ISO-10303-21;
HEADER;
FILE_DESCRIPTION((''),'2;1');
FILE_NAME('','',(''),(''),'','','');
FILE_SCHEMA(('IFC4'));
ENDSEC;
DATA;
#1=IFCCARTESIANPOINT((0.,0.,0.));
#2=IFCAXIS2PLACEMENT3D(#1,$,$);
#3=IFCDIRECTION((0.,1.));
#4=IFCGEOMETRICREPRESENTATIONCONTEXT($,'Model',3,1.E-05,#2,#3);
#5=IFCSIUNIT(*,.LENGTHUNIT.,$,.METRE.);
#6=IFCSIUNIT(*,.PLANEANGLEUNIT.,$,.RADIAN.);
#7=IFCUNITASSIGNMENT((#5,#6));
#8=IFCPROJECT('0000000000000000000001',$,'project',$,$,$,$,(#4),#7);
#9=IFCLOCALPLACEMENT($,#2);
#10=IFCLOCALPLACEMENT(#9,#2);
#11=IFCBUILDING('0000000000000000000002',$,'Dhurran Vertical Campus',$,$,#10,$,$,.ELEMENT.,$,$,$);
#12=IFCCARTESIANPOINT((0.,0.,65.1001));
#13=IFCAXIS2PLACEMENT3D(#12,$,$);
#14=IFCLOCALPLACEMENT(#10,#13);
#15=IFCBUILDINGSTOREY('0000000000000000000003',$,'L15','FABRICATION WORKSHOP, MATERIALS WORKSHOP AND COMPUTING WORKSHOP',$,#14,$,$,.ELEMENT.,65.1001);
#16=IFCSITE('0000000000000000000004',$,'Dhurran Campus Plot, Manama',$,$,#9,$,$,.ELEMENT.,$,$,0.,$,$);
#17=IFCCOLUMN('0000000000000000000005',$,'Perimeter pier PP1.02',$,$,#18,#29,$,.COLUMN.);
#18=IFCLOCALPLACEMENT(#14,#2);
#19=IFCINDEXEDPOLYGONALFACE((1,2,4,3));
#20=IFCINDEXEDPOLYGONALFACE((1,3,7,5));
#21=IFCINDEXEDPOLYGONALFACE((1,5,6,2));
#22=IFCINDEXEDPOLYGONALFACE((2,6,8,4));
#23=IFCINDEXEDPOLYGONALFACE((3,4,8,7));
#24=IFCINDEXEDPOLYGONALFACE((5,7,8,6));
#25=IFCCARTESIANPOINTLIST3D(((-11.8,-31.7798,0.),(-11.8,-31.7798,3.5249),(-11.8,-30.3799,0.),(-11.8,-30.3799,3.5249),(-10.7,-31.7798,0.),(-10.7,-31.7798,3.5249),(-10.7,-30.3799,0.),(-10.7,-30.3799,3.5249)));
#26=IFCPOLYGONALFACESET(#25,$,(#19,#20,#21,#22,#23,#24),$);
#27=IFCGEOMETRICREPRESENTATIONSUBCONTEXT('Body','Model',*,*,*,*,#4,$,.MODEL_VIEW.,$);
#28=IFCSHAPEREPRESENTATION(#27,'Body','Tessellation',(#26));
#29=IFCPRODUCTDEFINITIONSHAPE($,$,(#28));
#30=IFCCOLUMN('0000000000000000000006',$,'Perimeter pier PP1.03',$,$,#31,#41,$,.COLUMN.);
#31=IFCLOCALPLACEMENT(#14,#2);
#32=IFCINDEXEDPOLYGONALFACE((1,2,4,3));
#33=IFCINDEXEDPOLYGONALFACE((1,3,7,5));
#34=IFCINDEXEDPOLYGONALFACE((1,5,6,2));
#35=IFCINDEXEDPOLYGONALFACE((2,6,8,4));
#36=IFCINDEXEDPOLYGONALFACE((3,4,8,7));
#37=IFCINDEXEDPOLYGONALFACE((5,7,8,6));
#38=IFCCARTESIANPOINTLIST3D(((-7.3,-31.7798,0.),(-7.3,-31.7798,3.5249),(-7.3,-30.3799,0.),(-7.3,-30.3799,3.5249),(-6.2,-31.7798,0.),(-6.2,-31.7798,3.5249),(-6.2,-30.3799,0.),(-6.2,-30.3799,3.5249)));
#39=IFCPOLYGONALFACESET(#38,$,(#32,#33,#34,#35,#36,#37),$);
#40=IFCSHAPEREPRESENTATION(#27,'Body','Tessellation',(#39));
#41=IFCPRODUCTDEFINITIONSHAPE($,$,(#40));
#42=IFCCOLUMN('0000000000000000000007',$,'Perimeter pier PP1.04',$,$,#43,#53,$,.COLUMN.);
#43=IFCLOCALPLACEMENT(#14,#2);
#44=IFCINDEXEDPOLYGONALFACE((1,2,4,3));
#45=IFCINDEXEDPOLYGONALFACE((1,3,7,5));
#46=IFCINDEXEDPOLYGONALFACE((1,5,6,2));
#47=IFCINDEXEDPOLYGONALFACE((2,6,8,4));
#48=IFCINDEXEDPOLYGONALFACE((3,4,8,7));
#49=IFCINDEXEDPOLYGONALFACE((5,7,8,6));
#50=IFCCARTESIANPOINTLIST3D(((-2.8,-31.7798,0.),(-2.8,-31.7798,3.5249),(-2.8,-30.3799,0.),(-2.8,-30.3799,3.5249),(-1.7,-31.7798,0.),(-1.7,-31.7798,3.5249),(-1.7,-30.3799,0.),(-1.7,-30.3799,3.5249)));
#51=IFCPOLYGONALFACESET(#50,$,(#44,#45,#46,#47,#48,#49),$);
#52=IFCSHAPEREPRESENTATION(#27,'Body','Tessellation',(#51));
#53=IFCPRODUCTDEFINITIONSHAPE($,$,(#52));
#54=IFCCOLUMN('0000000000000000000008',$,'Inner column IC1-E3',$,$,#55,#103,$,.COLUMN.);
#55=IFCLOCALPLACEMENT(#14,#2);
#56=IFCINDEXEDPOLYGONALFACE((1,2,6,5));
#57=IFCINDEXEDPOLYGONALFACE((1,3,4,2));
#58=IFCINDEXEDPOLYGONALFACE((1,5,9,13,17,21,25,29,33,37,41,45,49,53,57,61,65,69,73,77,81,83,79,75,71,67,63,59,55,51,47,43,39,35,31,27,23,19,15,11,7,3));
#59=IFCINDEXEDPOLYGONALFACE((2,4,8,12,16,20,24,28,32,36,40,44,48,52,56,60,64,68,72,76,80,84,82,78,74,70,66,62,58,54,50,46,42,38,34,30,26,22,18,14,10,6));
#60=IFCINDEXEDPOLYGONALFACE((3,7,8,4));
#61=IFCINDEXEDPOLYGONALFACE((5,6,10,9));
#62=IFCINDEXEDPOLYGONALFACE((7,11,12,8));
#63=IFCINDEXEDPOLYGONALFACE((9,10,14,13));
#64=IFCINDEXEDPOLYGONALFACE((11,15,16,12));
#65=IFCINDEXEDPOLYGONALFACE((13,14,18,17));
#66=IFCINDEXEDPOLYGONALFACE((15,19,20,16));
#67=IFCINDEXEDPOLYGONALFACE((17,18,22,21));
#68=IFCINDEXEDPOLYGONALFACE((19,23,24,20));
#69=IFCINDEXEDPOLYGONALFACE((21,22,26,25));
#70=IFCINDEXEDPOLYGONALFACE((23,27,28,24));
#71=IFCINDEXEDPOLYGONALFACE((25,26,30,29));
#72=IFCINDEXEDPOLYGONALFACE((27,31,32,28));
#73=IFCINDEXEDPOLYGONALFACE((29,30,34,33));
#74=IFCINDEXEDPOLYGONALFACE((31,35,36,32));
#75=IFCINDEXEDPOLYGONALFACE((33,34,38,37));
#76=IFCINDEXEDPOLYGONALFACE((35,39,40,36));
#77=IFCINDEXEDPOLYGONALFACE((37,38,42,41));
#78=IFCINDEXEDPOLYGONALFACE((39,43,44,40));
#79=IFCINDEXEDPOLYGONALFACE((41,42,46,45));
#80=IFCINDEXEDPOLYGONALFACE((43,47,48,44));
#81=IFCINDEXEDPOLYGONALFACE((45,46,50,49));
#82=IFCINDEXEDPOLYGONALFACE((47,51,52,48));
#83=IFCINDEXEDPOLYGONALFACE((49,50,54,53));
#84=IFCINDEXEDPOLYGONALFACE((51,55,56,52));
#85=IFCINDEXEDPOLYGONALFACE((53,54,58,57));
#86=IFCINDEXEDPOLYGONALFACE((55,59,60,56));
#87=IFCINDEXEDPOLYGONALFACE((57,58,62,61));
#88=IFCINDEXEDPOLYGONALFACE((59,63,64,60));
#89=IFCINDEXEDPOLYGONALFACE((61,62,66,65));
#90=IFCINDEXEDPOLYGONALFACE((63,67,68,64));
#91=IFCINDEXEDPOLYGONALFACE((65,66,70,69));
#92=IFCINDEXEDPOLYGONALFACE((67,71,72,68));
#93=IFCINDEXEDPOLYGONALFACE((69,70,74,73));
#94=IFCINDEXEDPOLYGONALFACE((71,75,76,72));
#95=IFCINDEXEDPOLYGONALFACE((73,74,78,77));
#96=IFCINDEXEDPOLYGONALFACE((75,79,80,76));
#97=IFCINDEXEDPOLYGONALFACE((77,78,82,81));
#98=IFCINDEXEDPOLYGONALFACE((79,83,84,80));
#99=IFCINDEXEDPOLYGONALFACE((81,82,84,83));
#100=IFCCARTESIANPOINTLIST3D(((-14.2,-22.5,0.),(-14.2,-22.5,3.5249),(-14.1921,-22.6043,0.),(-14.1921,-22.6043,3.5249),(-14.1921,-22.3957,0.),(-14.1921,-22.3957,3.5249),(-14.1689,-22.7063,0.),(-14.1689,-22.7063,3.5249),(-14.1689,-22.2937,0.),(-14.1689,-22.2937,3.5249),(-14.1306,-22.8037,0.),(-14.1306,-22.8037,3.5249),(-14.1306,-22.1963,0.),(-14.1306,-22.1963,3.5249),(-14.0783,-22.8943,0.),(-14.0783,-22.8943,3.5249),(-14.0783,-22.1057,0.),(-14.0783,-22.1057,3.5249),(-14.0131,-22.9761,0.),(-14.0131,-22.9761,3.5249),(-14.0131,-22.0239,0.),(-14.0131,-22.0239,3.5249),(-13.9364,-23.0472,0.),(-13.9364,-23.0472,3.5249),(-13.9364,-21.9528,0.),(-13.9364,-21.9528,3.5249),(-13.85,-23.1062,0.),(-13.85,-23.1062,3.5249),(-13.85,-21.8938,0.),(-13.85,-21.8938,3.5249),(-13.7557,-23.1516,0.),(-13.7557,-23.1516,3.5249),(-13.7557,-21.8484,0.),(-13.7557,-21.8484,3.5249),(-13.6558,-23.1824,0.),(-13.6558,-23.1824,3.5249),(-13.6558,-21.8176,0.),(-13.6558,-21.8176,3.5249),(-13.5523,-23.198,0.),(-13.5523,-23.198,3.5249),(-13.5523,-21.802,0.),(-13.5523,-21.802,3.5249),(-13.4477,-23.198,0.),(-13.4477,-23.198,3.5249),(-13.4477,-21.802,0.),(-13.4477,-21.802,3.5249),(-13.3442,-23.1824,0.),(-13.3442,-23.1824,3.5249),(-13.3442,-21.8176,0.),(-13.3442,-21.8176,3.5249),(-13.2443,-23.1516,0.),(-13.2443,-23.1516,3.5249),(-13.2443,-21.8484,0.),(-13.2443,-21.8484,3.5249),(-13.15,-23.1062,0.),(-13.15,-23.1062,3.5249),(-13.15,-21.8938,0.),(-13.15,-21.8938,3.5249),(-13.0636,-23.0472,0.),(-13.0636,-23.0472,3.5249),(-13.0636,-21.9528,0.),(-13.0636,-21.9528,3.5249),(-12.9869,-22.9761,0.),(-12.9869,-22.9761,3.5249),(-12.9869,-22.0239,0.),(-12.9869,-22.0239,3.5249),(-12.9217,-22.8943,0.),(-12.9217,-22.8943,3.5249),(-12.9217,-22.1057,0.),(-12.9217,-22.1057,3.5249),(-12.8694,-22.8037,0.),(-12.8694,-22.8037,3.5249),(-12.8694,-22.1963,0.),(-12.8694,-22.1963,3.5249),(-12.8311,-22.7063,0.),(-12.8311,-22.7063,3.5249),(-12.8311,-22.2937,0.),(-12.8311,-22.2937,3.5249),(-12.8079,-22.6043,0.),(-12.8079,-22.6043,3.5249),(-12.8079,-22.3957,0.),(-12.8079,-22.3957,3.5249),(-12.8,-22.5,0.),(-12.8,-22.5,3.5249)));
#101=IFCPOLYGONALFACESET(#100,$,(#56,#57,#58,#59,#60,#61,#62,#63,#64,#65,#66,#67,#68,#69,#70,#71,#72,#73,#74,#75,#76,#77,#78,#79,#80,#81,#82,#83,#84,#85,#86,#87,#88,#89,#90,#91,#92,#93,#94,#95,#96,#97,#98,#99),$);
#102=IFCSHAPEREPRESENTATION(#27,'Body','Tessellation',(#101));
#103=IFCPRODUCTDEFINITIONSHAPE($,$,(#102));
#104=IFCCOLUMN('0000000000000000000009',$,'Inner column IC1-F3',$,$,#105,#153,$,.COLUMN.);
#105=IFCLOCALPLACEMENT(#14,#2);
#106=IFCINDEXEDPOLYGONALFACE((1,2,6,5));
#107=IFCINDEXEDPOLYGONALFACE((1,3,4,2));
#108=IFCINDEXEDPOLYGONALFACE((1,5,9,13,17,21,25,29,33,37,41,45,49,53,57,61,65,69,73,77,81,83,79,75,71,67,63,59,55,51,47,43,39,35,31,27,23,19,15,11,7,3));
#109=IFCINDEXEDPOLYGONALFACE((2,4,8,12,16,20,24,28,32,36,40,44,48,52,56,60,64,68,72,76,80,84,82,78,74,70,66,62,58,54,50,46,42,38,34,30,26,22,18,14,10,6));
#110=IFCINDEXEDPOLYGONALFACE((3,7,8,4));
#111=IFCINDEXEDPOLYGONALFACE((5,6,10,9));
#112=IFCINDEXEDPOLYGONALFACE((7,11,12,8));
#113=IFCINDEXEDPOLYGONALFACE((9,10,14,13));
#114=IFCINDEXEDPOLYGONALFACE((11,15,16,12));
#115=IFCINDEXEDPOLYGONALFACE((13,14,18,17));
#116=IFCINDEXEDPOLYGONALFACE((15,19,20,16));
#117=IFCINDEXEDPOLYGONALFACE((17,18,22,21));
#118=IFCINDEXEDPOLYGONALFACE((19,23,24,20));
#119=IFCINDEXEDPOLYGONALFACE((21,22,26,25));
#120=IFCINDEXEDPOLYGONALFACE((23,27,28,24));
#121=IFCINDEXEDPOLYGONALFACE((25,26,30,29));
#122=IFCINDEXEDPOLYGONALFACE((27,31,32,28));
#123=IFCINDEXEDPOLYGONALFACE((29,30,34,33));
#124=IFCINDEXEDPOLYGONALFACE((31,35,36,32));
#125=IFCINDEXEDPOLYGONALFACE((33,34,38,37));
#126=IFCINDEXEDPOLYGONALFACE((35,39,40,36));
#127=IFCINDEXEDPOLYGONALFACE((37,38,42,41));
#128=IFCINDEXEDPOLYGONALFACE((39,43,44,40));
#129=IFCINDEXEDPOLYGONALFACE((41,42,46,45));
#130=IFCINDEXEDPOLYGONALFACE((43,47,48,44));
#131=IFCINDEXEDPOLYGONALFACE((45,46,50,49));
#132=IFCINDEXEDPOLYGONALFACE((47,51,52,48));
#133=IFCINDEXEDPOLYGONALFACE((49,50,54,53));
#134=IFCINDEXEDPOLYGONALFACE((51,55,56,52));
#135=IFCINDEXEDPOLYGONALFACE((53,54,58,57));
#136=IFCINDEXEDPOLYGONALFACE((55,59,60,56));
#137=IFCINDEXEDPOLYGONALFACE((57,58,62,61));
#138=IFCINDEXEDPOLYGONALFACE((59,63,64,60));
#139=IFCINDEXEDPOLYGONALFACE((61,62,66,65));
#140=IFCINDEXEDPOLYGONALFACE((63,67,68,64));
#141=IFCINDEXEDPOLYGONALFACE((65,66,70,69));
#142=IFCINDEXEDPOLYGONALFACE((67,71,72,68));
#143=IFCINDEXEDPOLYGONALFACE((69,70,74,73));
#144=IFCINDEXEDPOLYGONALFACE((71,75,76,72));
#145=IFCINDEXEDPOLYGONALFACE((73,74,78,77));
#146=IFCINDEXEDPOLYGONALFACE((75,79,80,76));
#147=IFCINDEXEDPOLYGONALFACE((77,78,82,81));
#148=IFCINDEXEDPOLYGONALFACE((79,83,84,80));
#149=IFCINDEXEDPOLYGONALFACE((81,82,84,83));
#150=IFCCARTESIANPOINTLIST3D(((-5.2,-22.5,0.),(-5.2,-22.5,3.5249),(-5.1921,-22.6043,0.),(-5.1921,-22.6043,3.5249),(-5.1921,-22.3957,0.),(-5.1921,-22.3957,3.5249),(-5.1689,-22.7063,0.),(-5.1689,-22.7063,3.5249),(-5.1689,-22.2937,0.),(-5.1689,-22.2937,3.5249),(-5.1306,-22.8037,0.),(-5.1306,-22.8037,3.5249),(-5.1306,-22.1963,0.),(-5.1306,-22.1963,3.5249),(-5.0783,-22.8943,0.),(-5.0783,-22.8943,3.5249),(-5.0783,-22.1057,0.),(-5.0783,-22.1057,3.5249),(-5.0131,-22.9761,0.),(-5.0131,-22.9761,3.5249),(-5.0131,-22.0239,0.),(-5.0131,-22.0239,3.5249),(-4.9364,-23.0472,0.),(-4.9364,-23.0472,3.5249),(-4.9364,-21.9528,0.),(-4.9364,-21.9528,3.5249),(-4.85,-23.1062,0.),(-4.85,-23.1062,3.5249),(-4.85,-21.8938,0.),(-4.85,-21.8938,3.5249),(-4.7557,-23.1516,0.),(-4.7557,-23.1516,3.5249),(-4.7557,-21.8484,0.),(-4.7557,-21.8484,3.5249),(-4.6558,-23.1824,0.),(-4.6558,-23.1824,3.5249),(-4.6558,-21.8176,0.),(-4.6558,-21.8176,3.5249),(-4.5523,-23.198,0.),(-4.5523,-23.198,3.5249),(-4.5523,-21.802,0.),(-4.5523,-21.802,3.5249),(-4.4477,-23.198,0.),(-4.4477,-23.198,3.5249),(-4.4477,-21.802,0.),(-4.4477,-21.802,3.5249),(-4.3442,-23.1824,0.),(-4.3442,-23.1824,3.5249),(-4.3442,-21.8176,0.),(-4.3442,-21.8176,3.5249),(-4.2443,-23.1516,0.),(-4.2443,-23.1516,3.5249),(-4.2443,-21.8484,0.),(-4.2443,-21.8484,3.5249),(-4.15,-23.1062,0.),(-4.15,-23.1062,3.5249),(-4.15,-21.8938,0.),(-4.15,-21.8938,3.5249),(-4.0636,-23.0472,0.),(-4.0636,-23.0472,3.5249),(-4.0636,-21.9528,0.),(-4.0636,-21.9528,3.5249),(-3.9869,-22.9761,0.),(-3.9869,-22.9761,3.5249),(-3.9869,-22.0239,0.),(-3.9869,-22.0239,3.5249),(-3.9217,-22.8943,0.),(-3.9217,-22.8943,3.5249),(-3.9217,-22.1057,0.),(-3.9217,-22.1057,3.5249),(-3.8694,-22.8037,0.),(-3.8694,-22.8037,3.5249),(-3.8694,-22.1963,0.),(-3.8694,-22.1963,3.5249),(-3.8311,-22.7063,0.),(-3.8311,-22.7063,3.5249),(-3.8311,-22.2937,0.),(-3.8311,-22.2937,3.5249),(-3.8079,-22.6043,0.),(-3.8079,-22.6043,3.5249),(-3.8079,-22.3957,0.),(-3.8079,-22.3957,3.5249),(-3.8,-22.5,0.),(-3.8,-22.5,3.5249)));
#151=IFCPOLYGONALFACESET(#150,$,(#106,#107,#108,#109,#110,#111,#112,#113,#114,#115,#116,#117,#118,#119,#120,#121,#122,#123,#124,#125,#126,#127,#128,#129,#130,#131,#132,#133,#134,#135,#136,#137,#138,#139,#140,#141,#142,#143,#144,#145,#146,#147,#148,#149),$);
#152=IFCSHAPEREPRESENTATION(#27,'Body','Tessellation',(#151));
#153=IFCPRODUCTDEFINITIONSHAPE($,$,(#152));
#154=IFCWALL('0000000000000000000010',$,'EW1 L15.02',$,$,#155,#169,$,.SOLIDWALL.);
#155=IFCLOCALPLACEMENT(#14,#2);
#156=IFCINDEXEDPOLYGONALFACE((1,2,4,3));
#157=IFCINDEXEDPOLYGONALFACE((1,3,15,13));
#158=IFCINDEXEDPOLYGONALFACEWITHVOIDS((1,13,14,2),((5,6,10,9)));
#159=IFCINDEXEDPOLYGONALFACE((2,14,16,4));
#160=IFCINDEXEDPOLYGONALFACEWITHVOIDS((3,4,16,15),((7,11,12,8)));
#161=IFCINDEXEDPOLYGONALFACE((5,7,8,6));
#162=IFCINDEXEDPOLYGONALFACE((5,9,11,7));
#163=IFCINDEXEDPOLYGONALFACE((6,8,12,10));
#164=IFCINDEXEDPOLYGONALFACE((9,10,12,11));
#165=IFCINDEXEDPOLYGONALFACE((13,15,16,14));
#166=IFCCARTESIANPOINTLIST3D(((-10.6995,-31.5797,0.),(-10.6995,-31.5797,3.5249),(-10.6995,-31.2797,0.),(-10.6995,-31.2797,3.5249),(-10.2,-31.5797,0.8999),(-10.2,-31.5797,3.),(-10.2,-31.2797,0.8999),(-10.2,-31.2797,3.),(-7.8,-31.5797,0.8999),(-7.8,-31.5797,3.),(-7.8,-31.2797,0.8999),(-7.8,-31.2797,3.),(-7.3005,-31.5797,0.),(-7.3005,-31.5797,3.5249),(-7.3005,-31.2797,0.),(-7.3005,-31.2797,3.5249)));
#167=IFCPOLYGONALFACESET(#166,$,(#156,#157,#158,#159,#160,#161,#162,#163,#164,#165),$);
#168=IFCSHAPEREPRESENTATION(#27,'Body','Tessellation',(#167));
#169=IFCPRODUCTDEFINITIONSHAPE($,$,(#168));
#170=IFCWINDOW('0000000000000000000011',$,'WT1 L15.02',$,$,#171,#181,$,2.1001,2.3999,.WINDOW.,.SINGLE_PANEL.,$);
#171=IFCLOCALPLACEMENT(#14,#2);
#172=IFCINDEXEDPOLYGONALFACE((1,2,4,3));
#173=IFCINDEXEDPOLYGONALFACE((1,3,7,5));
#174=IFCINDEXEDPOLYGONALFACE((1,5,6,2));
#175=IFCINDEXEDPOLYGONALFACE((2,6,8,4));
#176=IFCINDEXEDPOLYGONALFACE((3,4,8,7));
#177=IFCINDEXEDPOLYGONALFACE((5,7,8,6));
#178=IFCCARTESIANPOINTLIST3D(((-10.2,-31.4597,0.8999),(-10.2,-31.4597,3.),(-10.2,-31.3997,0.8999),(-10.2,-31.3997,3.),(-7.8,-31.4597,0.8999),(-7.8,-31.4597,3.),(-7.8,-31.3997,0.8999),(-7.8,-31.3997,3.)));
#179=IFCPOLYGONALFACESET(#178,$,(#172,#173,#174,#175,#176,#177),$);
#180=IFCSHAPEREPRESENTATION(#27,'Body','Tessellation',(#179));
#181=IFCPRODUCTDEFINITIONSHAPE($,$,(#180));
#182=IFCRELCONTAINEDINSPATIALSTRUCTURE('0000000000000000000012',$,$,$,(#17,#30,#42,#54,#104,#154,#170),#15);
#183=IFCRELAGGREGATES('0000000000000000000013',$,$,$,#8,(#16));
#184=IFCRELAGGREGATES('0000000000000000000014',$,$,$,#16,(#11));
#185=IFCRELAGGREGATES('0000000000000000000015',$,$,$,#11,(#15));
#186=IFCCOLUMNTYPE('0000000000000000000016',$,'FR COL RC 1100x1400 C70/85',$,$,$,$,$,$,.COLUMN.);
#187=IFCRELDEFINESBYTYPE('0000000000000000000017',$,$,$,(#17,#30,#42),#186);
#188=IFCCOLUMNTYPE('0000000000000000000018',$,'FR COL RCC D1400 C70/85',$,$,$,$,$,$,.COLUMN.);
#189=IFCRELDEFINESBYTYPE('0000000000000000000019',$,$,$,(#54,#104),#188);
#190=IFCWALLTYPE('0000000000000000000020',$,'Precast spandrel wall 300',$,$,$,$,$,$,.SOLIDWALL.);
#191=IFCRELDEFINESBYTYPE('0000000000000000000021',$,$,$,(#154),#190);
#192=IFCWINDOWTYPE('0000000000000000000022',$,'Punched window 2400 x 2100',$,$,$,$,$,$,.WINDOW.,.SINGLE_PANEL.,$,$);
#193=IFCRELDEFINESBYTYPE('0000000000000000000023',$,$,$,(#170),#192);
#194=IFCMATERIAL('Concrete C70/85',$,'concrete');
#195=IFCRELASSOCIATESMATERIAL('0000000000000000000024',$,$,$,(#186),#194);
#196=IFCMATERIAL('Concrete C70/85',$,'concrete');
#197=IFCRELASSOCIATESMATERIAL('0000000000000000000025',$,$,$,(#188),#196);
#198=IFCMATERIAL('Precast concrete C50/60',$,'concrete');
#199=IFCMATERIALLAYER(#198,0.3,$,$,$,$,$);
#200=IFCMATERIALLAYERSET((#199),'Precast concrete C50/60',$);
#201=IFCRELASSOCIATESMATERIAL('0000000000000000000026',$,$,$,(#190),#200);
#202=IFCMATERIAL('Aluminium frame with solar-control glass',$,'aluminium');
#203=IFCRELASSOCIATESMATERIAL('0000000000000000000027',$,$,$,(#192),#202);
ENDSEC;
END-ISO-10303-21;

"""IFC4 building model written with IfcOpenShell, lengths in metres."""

from ifc_helpers import new_model, si_unit, direction, frame, frame_2d, origin, origin_2d, place, context, subcontext, project, spatial, rectangle, circle, extrude, material, layer, layer_set, material_profile, profile_set, type_object, element, fill, save


model = new_model("IFC4")

# Units and contexts
model_context = context("Model", 3, precision=1e-05, world=origin(), true_north=direction((0.0, 1.0)))
body_context = subcontext(model_context, "Body", "Model", "MODEL_VIEW")
ifc_project = project(units=[si_unit("LENGTHUNIT", "METRE"), si_unit("PLANEANGLEUNIT", "RADIAN")], contexts=[model_context])

# Site, building, storey
site_placement = place(None, origin())
site = spatial("IfcSite", under=ifc_project, at=site_placement, Name="Dhurran Campus Plot, Manama", CompositionType="ELEMENT", RefElevation=0.0)
building_placement = place(site_placement, origin())
building = spatial("IfcBuilding", under=site, at=building_placement, Name="Dhurran Vertical Campus", CompositionType="ELEMENT")
storey_placement = place(building_placement, frame((0.0, 0.0, 65.1001)))
storey = spatial("IfcBuildingStorey", under=building, at=storey_placement, Name="L15", Description="FABRICATION WORKSHOP, MATERIALS WORKSHOP AND COMPUTING WORKSHOP", CompositionType="ELEMENT", Elevation=65.1001)

# Columns
ifc_material_1 = material(Name="Concrete C70/85", Category="concrete")
ifc_material_profile_1 = material_profile(ifc_material_1, rectangle(XDim=1.1001, YDim=1.3999, at=origin_2d()), Name="RC 1100x1400")
ifc_profile_set_1 = profile_set([ifc_material_profile_1], Name="Concrete C70/85")
column_type_1 = type_object("IfcColumnType", Name="FR COL RC 1100x1400 C70/85", PredefinedType="COLUMN", material=ifc_profile_set_1)
for number, where, z_axis, x_axis, name in (
    (1, (-11.25, -31.0798, 0.0), (0.0, 0.0, 1.0), (1.0, 0.0, 0.0), "Perimeter pier PP1.02"),
    (2, (-6.75, -31.0798, 0.0), (0.0, 0.0, 1.0), (1.0, 0.0, 0.0), "Perimeter pier PP1.03"),
    (3, (-2.25, -31.0798, 0.0), (0.0, 0.0, 1.0), (1.0, 0.0, 0.0), "Perimeter pier PP1.04"),
):
    element("IfcColumn", number, at=place(storey_placement, frame(where, z_axis=z_axis, x_axis=x_axis)), inside=storey, type_object=column_type_1, Name=name, PredefinedType="COLUMN", context=body_context, shape_type="SweptSolid", body=[
        extrude(rectangle(XDim=1.1001, YDim=1.3999, at=origin_2d()), origin(), (0.0, 0.0, 1.0), 3.5249),
    ])
ifc_material_2 = material(Name="Concrete C70/85", Category="concrete")
ifc_material_profile_2 = material_profile(ifc_material_2, circle(Radius=0.7, at=origin_2d()), Name="RCC D1400")
ifc_profile_set_2 = profile_set([ifc_material_profile_2], Name="Concrete C70/85")
column_type_2 = type_object("IfcColumnType", Name="FR COL RCC D1400 C70/85", PredefinedType="COLUMN", material=ifc_profile_set_2)
for number, where, z_axis, x_axis, name in (
    (4, (-13.5, -22.5, 0.0), (0.0, 0.0, 1.0), (1.0, 0.0, 0.0), "Inner column IC1-E3"),
    (5, (-4.5, -22.5, 0.0), (0.0, 0.0, 1.0), (1.0, 0.0, 0.0), "Inner column IC1-F3"),
):
    element("IfcColumn", number, at=place(storey_placement, frame(where, z_axis=z_axis, x_axis=x_axis)), inside=storey, type_object=column_type_2, Name=name, PredefinedType="COLUMN", context=body_context, shape_type="SweptSolid", body=[
        extrude(circle(Radius=0.7, at=origin_2d()), origin(), (0.0, 0.0, 1.0), 3.5249),
    ])

# Wall, opening, window
ifc_material_3 = material(Name="Precast concrete C50/60", Category="concrete")
ifc_layer_1 = layer(ifc_material_3, 0.3)
ifc_layer_set_1 = layer_set([ifc_layer_1], Name="Precast concrete C50/60")
wall_type_1 = type_object("IfcWallType", Name="Precast spandrel wall 300", PredefinedType="SOLIDWALL", material=ifc_layer_set_1)
wall_1_placement = place(storey_placement, frame((-10.6995, -31.4297, 0.0), z_axis=(0.0, 0.0, 1.0), x_axis=(1.0, 0.0, 0.0)))
wall_1 = element("IfcWall", 6, at=wall_1_placement, inside=storey, type_object=wall_type_1, Name="EW1 L15.02", PredefinedType="SOLIDWALL", context=body_context, shape_type="SweptSolid", body=[
    extrude(rectangle(XDim=3.3989, YDim=0.3, at=frame_2d((1.6995, 0.0))), origin(), (0.0, 0.0, 1.0), 3.5249),
])
opening_1_placement = place(wall_1_placement, frame((0.4995, 0.0, 0.8999)))
opening_1 = element("IfcOpeningElement", 7, at=opening_1_placement, cuts=wall_1, PredefinedType="OPENING", context=body_context, shape_type="SweptSolid", body=[
    extrude(rectangle(XDim=2.3999, YDim=2.1001, at=frame_2d((1.2, 1.05))), frame((0.0, 0.1599, 0.0), z_axis=(0.0, -1.0, 0.0), x_axis=(1.0, 0.0, 0.0)), (0.0, 0.0, 1.0), 0.3201),
])
ifc_material_4 = material(Name="Aluminium frame with solar-control glass", Category="aluminium")
window_type = type_object("IfcWindowType", Name="Punched window 2400 x 2100", PartitioningType="SINGLE_PANEL", PredefinedType="WINDOW", material=ifc_material_4)
window_1_placement = place(opening_1_placement, origin())
window_1 = element("IfcWindow", 8, at=window_1_placement, inside=storey, type_object=window_type, Name="WT1 L15.02", OverallHeight=2.1001, OverallWidth=2.3999, PartitioningType="SINGLE_PANEL", PredefinedType="WINDOW", context=body_context, shape_type="SweptSolid", body=[
    extrude(rectangle(XDim=2.3999, YDim=2.1001, at=frame_2d((1.2, 1.05))), frame((0.0, 0.03, 0.0), z_axis=(0.0, -1.0, 0.0), x_axis=(1.0, 0.0, 0.0)), (0.0, 0.0, 1.0), 0.0601),
])
fill(opening_1, window_1)

save(model, "model.ifc")
